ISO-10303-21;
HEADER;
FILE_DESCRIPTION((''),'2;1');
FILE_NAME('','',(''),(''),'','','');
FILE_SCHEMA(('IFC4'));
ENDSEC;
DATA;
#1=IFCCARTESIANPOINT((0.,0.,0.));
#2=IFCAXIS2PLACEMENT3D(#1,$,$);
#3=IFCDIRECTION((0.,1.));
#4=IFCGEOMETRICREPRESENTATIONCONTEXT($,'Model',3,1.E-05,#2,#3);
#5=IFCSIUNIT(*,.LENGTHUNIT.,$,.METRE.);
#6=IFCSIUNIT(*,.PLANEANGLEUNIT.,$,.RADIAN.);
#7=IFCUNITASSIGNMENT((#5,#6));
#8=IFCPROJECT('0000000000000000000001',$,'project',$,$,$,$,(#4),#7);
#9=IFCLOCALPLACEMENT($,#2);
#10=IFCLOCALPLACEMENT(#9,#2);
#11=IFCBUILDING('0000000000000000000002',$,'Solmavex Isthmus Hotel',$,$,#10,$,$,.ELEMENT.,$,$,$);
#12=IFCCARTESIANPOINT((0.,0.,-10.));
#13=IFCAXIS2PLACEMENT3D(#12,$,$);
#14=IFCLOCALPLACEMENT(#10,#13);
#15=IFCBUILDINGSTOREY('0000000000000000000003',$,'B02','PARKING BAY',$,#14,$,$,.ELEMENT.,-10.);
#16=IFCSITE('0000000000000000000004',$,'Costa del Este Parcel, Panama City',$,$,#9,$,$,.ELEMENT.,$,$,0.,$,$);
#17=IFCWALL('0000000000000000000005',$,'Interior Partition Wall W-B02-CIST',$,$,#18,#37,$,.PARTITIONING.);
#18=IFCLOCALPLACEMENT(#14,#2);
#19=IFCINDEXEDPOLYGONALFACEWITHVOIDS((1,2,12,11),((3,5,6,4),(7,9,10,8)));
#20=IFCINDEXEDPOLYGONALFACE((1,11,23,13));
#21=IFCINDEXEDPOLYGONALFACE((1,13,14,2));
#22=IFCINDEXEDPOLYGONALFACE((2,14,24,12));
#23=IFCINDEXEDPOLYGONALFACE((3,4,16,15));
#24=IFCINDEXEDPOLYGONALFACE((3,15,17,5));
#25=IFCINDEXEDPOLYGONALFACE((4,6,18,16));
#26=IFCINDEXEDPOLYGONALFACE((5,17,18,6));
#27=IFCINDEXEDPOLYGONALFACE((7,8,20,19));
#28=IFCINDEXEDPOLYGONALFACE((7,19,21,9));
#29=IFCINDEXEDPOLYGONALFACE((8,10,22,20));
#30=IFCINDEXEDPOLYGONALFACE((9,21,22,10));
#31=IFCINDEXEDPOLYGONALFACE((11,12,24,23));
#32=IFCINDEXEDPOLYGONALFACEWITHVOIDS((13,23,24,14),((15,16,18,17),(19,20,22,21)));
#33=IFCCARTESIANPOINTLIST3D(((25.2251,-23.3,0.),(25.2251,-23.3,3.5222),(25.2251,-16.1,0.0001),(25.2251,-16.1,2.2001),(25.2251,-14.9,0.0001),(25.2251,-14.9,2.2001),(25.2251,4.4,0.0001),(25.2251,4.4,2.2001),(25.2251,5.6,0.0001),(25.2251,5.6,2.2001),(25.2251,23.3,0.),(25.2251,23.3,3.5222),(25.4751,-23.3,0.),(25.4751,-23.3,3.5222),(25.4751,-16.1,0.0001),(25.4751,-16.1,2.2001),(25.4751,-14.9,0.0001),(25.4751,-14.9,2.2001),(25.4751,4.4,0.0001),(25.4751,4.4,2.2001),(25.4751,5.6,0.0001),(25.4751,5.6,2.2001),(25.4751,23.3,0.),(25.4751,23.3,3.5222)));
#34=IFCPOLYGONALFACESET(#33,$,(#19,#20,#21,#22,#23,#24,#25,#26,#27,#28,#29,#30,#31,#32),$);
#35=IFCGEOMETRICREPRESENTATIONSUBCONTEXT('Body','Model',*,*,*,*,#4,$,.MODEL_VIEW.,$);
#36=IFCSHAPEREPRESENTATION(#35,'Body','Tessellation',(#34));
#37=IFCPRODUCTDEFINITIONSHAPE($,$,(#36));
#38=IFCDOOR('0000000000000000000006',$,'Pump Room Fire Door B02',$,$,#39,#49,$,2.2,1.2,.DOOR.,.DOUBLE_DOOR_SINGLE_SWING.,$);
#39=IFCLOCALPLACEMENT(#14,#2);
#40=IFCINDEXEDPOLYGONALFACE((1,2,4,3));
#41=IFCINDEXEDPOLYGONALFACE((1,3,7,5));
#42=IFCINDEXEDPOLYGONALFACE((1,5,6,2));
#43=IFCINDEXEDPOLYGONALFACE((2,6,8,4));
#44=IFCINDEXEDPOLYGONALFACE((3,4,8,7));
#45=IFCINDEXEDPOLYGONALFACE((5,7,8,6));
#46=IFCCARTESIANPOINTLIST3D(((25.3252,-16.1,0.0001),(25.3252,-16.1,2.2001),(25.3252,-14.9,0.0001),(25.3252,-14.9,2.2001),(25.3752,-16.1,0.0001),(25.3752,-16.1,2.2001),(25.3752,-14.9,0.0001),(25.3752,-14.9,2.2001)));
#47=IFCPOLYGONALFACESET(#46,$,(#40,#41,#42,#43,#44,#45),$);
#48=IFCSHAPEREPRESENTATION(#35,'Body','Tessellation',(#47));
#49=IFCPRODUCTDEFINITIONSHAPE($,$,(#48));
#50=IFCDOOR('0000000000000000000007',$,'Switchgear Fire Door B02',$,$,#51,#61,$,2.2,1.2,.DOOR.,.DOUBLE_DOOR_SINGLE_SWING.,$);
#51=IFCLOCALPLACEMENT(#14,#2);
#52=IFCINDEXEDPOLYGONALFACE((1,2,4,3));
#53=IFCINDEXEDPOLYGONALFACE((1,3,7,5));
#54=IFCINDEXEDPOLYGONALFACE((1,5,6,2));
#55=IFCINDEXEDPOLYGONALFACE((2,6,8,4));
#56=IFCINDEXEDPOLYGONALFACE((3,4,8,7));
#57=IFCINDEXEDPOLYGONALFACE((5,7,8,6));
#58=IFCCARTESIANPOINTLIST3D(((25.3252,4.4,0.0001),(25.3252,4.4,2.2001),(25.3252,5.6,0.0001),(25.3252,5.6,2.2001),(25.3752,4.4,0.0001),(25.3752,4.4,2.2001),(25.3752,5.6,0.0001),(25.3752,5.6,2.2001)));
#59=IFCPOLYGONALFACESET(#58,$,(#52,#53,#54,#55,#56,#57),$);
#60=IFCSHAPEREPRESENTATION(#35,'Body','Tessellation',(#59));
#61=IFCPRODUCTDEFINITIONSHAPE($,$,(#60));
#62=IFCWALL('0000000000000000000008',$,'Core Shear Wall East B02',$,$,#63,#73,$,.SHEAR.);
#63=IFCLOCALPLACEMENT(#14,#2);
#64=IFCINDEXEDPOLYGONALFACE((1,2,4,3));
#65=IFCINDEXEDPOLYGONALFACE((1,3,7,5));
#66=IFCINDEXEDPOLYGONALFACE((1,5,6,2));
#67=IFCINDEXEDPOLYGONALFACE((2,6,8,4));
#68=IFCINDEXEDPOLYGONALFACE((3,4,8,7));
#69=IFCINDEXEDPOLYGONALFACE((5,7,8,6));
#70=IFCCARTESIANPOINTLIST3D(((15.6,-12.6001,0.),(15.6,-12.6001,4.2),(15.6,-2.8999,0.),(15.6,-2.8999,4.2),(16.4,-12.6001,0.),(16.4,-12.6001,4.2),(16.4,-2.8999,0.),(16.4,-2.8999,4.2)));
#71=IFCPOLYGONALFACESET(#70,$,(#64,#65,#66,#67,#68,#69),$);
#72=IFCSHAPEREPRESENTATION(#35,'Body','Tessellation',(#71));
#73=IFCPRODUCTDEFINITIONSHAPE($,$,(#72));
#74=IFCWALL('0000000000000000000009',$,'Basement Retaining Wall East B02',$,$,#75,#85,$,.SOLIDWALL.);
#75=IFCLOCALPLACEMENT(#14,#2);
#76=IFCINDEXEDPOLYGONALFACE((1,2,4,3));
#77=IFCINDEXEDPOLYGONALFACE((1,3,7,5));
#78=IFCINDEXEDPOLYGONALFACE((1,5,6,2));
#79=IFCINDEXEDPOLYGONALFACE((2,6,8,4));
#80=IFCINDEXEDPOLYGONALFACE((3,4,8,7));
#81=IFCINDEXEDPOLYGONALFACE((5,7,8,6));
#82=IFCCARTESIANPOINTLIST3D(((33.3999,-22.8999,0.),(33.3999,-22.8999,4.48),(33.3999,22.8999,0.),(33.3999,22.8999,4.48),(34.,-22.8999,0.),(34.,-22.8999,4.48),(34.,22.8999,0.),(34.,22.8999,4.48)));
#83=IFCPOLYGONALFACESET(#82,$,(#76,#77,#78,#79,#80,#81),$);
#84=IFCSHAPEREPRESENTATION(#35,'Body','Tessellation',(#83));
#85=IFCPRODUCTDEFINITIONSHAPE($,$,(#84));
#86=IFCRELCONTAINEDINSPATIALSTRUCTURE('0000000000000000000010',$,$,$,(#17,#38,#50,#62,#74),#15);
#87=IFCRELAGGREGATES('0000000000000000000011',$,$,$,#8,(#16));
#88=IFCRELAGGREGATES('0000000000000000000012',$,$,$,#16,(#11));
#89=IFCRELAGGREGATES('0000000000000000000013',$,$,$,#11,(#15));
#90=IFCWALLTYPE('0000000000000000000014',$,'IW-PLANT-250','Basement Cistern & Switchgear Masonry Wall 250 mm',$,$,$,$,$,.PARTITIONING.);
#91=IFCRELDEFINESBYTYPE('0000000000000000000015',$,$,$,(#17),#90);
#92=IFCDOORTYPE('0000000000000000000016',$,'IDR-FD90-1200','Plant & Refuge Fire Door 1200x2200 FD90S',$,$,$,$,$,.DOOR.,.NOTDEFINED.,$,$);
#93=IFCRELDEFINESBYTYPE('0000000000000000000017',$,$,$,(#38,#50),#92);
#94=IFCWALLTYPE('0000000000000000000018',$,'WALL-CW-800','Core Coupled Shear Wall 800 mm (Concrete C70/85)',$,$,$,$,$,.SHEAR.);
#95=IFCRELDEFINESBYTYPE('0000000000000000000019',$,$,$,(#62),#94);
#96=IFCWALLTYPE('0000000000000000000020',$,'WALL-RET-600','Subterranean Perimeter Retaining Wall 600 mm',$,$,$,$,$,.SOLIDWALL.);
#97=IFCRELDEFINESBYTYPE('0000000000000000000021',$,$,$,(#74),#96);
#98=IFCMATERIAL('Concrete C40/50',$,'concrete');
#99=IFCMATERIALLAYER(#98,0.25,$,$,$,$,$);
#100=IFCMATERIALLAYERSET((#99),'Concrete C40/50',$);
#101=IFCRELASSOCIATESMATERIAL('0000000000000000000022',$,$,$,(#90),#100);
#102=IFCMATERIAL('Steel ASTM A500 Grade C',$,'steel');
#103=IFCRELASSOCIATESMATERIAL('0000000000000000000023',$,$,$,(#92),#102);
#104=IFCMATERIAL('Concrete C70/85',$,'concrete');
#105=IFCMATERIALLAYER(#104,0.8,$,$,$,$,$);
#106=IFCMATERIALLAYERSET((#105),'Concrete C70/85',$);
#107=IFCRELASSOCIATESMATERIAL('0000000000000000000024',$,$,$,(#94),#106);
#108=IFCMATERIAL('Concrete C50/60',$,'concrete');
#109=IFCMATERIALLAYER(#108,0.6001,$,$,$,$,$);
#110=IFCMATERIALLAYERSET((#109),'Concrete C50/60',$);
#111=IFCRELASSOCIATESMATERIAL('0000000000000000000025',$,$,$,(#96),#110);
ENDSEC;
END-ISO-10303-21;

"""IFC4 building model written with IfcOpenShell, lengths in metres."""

from ifc_helpers import new_model, si_unit, direction, frame, frame_2d, origin, place, context, subcontext, project, spatial, rectangle, extrude, material, layer, layer_set, type_object, element, fill, save


model = new_model("IFC4")

# Units and contexts
model_context = context("Model", 3, precision=1e-05, world=origin(), true_north=direction((0.0, 1.0)))
body_context = subcontext(model_context, "Body", "Model", "MODEL_VIEW")
ifc_project = project(units=[si_unit("LENGTHUNIT", "METRE"), si_unit("PLANEANGLEUNIT", "RADIAN")], contexts=[model_context])

# Site, building, storey
site_placement = place(None, origin())
site = spatial("IfcSite", under=ifc_project, at=site_placement, Name="Costa del Este Parcel, Panama City", CompositionType="ELEMENT", RefElevation=0.0)
building_placement = place(site_placement, origin())
building = spatial("IfcBuilding", under=site, at=building_placement, Name="Solmavex Isthmus Hotel", CompositionType="ELEMENT")
storey_placement = place(building_placement, frame((0.0, 0.0, -10.0)))
storey = spatial("IfcBuildingStorey", under=building, at=storey_placement, Name="B02", Description="PARKING BAY", CompositionType="ELEMENT", Elevation=-10.0)

# Shared definitions
ifc_material_1 = material(Name="Concrete C50/60", Category="concrete")

# Shared definitions
ifc_material_2 = material(Name="Concrete C70/85", Category="concrete")

# Wall, openings, doors
ifc_material_3 = material(Name="Concrete C40/50", Category="concrete")
ifc_layer_1 = layer(ifc_material_3, 0.25)
ifc_layer_set_1 = layer_set([ifc_layer_1], Name="Concrete C40/50")
wall_type_1 = type_object("IfcWallType", Name="IW-PLANT-250", Description="Basement Cistern & Switchgear Masonry Wall 250 mm", PredefinedType="PARTITIONING", material=ifc_layer_set_1)
wall_1_placement = place(storey_placement, frame((25.3501, -23.3, 0.0), z_axis=(0.0, 0.0, 1.0), x_axis=(0.0, 1.0, 0.0)))
wall_1 = element("IfcWall", 1, at=wall_1_placement, inside=storey, type_object=wall_type_1, Name="Interior Partition Wall W-B02-CIST", PredefinedType="PARTITIONING", context=body_context, shape_type="SweptSolid", body=[
    extrude(rectangle(XDim=46.6001, YDim=0.25, at=frame_2d((23.3, 0.0))), origin(), (0.0, 0.0, 1.0), 3.5222),
])
opening_1_placement = place(wall_1_placement, frame((7.2, 0.0, 0.0)))
opening_1 = element("IfcOpeningElement", 2, at=opening_1_placement, cuts=wall_1, PredefinedType="OPENING", context=body_context, shape_type="SweptSolid", body=[
    extrude(rectangle(XDim=1.2, YDim=2.2, at=frame_2d((0.6001, 1.1001))), frame((0.0, 0.135, 0.0), z_axis=(0.0, -1.0, 0.0), x_axis=(1.0, 0.0, 0.0)), (0.0, 0.0, 1.0), 0.27),
])
opening_2_placement = place(wall_1_placement, frame((27.7, 0.0, 0.0)))
opening_2 = element("IfcOpeningElement", 3, at=opening_2_placement, cuts=wall_1, PredefinedType="OPENING", context=body_context, shape_type="SweptSolid", body=[
    extrude(rectangle(XDim=1.2, YDim=2.2, at=frame_2d((0.6001, 1.1001))), frame((0.0, 0.135, 0.0), z_axis=(0.0, -1.0, 0.0), x_axis=(1.0, 0.0, 0.0)), (0.0, 0.0, 1.0), 0.27),
])
ifc_material_4 = material(Name="Steel ASTM A500 Grade C", Category="steel")
door_type = type_object("IfcDoorType", Name="IDR-FD90-1200", Description="Plant & Refuge Fire Door 1200x2200 FD90S", OperationType="NOTDEFINED", PredefinedType="DOOR", material=ifc_material_4)
door_1_placement = place(opening_1_placement, origin())
door_1 = element("IfcDoor", 4, at=door_1_placement, inside=storey, type_object=door_type, Name="Pump Room Fire Door B02", OperationType="DOUBLE_DOOR_SINGLE_SWING", OverallHeight=2.2, OverallWidth=1.2, PredefinedType="DOOR", context=body_context, shape_type="SweptSolid", body=[
    extrude(rectangle(XDim=1.2, YDim=2.2, at=frame_2d((0.6001, 1.1001))), frame((0.0, 0.0249, 0.0), z_axis=(0.0, -1.0, 0.0), x_axis=(1.0, 0.0, 0.0)), (0.0, 0.0, 1.0), 0.05),
])
fill(opening_1, door_1)
door_2_placement = place(opening_2_placement, origin())
door_2 = element("IfcDoor", 5, at=door_2_placement, inside=storey, type_object=door_type, Name="Switchgear Fire Door B02", OperationType="DOUBLE_DOOR_SINGLE_SWING", OverallHeight=2.2, OverallWidth=1.2, PredefinedType="DOOR", context=body_context, shape_type="SweptSolid", body=[
    extrude(rectangle(XDim=1.2, YDim=2.2, at=frame_2d((0.6001, 1.1001))), frame((0.0, 0.0249, 0.0), z_axis=(0.0, -1.0, 0.0), x_axis=(1.0, 0.0, 0.0)), (0.0, 0.0, 1.0), 0.05),
])
fill(opening_2, door_2)

# Walls
ifc_layer_2 = layer(ifc_material_2, 0.8)
ifc_layer_set_2 = layer_set([ifc_layer_2], Name="Concrete C70/85")
wall_type_2 = type_object("IfcWallType", Name="WALL-CW-800", Description="Core Coupled Shear Wall 800 mm (Concrete C70/85)", PredefinedType="SHEAR", material=ifc_layer_set_2)
wall_2_placement = place(storey_placement, frame((16.0, -12.6001, 0.0), z_axis=(0.0, 0.0, 1.0), x_axis=(0.0, 1.0, 0.0)))
element("IfcWall", 6, at=wall_2_placement, inside=storey, type_object=wall_type_2, Name="Core Shear Wall East B02", PredefinedType="SHEAR", context=body_context, shape_type="SweptSolid", body=[
    extrude(rectangle(XDim=9.7002, YDim=0.8, at=frame_2d((4.8501, 0.0))), origin(), (0.0, 0.0, 1.0), 4.2),
])
ifc_layer_3 = layer(ifc_material_1, 0.6001)
ifc_layer_set_3 = layer_set([ifc_layer_3], Name="Concrete C50/60")
wall_type_3 = type_object("IfcWallType", Name="WALL-RET-600", Description="Subterranean Perimeter Retaining Wall 600 mm", PredefinedType="SOLIDWALL", material=ifc_layer_set_3)
wall_3_placement = place(storey_placement, frame((33.7, -22.8999, 0.0), z_axis=(0.0, 0.0, 1.0), x_axis=(0.0, 1.0, 0.0)))
element("IfcWall", 7, at=wall_3_placement, inside=storey, type_object=wall_type_3, Name="Basement Retaining Wall East B02", PredefinedType="SOLIDWALL", context=body_context, shape_type="SweptSolid", body=[
    extrude(rectangle(XDim=45.7998, YDim=0.6001, at=frame_2d((22.8999, 0.0))), origin(), (0.0, 0.0, 1.0), 4.48),
])

save(model, "model.ifc")
